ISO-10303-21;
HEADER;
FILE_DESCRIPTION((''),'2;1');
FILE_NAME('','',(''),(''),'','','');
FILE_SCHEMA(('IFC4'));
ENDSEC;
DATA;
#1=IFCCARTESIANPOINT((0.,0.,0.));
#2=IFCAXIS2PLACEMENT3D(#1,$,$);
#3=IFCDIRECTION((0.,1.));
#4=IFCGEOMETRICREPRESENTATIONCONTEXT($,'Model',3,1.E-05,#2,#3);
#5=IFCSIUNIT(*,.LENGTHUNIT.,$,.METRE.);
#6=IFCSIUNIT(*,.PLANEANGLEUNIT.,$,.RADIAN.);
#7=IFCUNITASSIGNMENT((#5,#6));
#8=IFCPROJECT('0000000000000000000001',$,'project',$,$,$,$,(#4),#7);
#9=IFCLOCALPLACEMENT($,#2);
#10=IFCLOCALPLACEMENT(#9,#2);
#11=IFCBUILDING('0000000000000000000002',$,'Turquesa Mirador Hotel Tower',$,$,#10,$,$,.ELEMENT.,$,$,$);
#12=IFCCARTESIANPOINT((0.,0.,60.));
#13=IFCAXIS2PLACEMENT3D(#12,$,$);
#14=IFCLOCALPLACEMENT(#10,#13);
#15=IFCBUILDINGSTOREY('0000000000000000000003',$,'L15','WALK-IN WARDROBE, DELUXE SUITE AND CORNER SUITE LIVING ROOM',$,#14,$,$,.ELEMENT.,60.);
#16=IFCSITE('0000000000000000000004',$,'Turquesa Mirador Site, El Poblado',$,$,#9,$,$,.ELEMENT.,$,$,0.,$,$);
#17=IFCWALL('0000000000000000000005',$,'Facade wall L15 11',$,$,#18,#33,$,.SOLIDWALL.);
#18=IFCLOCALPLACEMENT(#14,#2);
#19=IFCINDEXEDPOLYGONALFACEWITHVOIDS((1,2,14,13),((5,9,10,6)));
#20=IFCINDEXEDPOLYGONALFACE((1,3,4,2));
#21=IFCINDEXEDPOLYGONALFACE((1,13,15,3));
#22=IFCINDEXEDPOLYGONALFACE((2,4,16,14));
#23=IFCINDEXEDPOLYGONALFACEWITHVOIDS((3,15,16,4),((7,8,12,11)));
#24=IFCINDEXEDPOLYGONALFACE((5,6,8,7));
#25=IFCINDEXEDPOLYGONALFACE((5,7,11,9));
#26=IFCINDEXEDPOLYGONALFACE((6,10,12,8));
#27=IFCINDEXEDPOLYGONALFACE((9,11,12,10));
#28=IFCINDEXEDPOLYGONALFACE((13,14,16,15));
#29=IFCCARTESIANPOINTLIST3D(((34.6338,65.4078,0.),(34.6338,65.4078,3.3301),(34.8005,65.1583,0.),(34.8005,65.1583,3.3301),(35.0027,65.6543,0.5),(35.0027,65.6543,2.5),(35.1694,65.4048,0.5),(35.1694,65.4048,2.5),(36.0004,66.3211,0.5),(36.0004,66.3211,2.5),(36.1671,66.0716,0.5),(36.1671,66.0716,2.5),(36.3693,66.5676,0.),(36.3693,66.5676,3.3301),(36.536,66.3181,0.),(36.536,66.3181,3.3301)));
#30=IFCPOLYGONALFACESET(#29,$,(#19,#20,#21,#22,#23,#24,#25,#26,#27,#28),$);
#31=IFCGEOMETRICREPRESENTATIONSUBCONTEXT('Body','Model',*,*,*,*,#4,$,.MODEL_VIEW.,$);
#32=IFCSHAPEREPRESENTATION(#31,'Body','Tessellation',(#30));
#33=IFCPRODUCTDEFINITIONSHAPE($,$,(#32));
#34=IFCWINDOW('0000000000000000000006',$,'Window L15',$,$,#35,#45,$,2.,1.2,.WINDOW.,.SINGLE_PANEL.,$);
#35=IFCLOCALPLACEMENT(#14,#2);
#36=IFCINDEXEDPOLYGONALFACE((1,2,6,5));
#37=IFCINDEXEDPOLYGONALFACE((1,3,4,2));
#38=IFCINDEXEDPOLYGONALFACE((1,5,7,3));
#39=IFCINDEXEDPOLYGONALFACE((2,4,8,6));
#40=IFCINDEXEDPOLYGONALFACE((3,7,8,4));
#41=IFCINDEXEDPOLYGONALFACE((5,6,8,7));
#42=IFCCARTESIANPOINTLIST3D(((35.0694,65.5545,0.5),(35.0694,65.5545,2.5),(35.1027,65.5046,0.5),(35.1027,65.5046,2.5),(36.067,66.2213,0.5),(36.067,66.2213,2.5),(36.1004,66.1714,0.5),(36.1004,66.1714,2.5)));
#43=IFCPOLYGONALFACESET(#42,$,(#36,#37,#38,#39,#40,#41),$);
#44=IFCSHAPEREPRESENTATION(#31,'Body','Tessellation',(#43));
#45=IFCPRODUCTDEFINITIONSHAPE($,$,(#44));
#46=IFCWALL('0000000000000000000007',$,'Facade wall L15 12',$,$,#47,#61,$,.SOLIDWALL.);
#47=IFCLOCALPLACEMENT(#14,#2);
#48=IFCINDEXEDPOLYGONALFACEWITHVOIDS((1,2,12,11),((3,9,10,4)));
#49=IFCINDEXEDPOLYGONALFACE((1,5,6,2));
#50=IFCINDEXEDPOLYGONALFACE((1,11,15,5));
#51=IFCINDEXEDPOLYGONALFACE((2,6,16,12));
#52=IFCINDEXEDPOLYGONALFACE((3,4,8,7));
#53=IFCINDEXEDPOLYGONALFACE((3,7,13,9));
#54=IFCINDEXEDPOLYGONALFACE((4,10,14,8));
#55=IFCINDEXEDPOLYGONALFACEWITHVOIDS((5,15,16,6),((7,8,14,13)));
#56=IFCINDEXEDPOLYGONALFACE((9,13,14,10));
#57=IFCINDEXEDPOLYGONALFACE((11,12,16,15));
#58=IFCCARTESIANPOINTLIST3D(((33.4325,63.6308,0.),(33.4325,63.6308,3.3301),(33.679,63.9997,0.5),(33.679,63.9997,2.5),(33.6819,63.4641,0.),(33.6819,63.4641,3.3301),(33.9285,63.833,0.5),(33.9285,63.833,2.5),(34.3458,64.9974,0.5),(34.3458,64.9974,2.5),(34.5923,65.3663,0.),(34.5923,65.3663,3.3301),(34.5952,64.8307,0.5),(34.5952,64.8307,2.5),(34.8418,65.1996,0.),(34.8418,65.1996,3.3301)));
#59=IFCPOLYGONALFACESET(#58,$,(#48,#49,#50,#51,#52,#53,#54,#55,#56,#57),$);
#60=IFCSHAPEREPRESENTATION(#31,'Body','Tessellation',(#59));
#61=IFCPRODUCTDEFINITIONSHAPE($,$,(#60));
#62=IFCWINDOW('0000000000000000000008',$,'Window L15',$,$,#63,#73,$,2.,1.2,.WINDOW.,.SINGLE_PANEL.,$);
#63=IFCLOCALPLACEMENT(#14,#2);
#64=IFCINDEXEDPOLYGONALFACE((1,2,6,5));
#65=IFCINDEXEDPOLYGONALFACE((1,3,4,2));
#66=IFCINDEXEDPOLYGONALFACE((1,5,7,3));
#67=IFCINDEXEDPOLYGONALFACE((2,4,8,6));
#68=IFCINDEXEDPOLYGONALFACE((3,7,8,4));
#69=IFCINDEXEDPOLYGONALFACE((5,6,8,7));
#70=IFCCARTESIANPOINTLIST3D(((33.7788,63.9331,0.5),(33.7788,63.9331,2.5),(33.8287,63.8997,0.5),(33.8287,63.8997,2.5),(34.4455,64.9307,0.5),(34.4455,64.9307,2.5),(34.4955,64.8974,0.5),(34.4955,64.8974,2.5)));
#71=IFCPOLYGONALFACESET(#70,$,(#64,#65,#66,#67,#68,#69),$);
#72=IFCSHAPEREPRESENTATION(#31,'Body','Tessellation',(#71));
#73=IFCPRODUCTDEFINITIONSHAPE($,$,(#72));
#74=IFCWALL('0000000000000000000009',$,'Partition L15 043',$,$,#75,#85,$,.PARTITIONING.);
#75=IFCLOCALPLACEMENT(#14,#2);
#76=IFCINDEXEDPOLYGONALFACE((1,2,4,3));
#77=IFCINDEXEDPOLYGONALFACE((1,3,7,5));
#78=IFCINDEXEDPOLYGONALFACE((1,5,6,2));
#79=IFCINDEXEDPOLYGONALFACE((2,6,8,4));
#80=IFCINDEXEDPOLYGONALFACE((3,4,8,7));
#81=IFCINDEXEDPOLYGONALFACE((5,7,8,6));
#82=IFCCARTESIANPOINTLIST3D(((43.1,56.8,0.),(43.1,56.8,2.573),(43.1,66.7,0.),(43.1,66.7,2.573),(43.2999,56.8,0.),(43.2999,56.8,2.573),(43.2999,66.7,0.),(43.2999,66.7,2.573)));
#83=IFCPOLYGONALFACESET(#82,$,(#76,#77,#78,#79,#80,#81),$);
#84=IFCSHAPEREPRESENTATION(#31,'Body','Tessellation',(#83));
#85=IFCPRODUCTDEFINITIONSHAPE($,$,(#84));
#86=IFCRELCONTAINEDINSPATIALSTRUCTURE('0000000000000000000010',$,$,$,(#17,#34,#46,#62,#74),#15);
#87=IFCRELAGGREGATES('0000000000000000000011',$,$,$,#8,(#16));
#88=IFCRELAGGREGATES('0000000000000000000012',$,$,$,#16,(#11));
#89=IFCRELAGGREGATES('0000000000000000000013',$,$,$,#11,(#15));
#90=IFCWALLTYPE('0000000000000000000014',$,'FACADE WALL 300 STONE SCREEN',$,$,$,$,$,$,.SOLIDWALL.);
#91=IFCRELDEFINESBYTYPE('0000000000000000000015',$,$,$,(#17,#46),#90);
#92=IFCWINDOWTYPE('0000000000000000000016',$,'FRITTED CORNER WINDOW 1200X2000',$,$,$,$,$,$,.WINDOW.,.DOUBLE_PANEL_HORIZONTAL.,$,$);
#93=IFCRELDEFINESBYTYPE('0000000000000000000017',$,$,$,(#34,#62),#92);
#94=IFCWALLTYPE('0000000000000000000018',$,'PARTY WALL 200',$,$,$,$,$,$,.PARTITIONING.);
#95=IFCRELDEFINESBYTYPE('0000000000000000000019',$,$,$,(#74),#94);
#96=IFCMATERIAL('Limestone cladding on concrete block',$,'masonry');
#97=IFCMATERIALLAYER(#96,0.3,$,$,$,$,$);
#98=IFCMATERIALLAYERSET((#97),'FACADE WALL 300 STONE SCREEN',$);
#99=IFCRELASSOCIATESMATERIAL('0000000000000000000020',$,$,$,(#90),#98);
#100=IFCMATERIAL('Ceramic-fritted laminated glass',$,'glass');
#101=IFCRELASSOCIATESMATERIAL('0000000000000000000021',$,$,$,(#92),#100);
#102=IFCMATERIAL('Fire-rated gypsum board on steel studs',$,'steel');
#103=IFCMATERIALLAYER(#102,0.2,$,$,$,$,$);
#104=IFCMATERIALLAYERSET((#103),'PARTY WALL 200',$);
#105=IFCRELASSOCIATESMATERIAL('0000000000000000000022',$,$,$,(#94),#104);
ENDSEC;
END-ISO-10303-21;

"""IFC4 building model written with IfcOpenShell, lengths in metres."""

from ifc_helpers import new_model, si_unit, direction, frame, frame_2d, origin, place, context, subcontext, project, spatial, rectangle, extrude, material, layer, layer_set, type_object, element, fill, save


model = new_model("IFC4")

# Units and contexts
model_context = context("Model", 3, precision=1e-05, world=origin(), true_north=direction((0.0, 1.0)))
body_context = subcontext(model_context, "Body", "Model", "MODEL_VIEW")
ifc_project = project(units=[si_unit("LENGTHUNIT", "METRE"), si_unit("PLANEANGLEUNIT", "RADIAN")], contexts=[model_context])

# Site, building, storey
site_placement = place(None, origin())
site = spatial("IfcSite", under=ifc_project, at=site_placement, Name="Turquesa Mirador Site, El Poblado", CompositionType="ELEMENT", RefElevation=0.0)
building_placement = place(site_placement, origin())
building = spatial("IfcBuilding", under=site, at=building_placement, Name="Turquesa Mirador Hotel Tower", CompositionType="ELEMENT")
storey_placement = place(building_placement, frame((0.0, 0.0, 60.0)))
storey = spatial("IfcBuildingStorey", under=building, at=storey_placement, Name="L15", Description="WALK-IN WARDROBE, DELUXE SUITE AND CORNER SUITE LIVING ROOM", CompositionType="ELEMENT", Elevation=60.0)

# Walls, openings, windows
ifc_material_1 = material(Name="Limestone cladding on concrete block", Category="masonry")
ifc_layer_1 = layer(ifc_material_1, 0.3)
ifc_layer_set_1 = layer_set([ifc_layer_1], Name="FACADE WALL 300 STONE SCREEN")
wall_type_1 = type_object("IfcWallType", Name="FACADE WALL 300 STONE SCREEN", PredefinedType="SOLIDWALL", material=ifc_layer_set_1)
ifc_material_2 = material(Name="Ceramic-fritted laminated glass", Category="glass")
window_type = type_object("IfcWindowType", Name="FRITTED CORNER WINDOW 1200X2000", PartitioningType="DOUBLE_PANEL_HORIZONTAL", PredefinedType="WINDOW", material=ifc_material_2)
wall_1_placement = place(storey_placement, frame((36.4526, 66.4429, 0.0), z_axis=(0.0, 0.0, 1.0), x_axis=(-0.83142, -0.555644, 0.0)))
wall_1 = element("IfcWall", 1, at=wall_1_placement, inside=storey, type_object=wall_type_1, Name="Facade wall L15 11", PredefinedType="SOLIDWALL", context=body_context, shape_type="SweptSolid", body=[
    extrude(rectangle(XDim=2.0874, YDim=0.3, at=frame_2d((1.0437, 0.0))), origin(), (0.0, 0.0, 1.0), 3.3301),
])
opening_1_placement = place(wall_1_placement, frame((0.4436, 0.0, 0.5)))
opening_1 = element("IfcOpeningElement", 2, at=opening_1_placement, cuts=wall_1, PredefinedType="OPENING", context=body_context, shape_type="SweptSolid", body=[
    extrude(rectangle(XDim=1.2, YDim=2.0, at=frame_2d((0.6001, 1.0))), frame((0.0, 0.1599, 0.0), z_axis=(0.0, -1.0, 0.0), x_axis=(1.0, 0.0, 0.0)), (0.0, 0.0, 1.0), 0.3201),
])
window_1_placement = place(opening_1_placement, origin())
window_1 = element("IfcWindow", 3, at=window_1_placement, inside=storey, type_object=window_type, Name="Window L15", OverallHeight=2.0, OverallWidth=1.2, PartitioningType="SINGLE_PANEL", PredefinedType="WINDOW", context=body_context, shape_type="SweptSolid", body=[
    extrude(rectangle(XDim=1.2, YDim=2.0, at=frame_2d((0.6001, 1.0))), frame((0.0, 0.03, 0.0), z_axis=(0.0, -1.0, 0.0), x_axis=(1.0, 0.0, 0.0)), (0.0, 0.0, 1.0), 0.0601),
])
fill(opening_1, window_1)
wall_2_placement = place(storey_placement, frame((34.717, 65.283, 0.0), z_axis=(0.0, 0.0, 1.0), x_axis=(-0.555644, -0.83142, 0.0)))
wall_2 = element("IfcWall", 4, at=wall_2_placement, inside=storey, type_object=wall_type_1, Name="Facade wall L15 12", PredefinedType="SOLIDWALL", context=body_context, shape_type="SweptSolid", body=[
    extrude(rectangle(XDim=2.0874, YDim=0.3, at=frame_2d((1.0437, 0.0))), origin(), (0.0, 0.0, 1.0), 3.3301),
])
opening_2_placement = place(wall_2_placement, frame((0.4436, 0.0, 0.5)))
opening_2 = element("IfcOpeningElement", 5, at=opening_2_placement, cuts=wall_2, PredefinedType="OPENING", context=body_context, shape_type="SweptSolid", body=[
    extrude(rectangle(XDim=1.2, YDim=2.0, at=frame_2d((0.6001, 1.0))), frame((0.0, 0.1599, 0.0), z_axis=(0.0, -1.0, 0.0), x_axis=(1.0, 0.0, 0.0)), (0.0, 0.0, 1.0), 0.3201),
])
window_2_placement = place(opening_2_placement, origin())
window_2 = element("IfcWindow", 6, at=window_2_placement, inside=storey, type_object=window_type, Name="Window L15", OverallHeight=2.0, OverallWidth=1.2, PartitioningType="SINGLE_PANEL", PredefinedType="WINDOW", context=body_context, shape_type="SweptSolid", body=[
    extrude(rectangle(XDim=1.2, YDim=2.0, at=frame_2d((0.6001, 1.0))), frame((0.0, 0.03, 0.0), z_axis=(0.0, -1.0, 0.0), x_axis=(1.0, 0.0, 0.0)), (0.0, 0.0, 1.0), 0.0601),
])
fill(opening_2, window_2)

# Wall
ifc_material_3 = material(Name="Fire-rated gypsum board on steel studs", Category="steel")
ifc_layer_2 = layer(ifc_material_3, 0.2)
ifc_layer_set_2 = layer_set([ifc_layer_2], Name="PARTY WALL 200")
wall_type_2 = type_object("IfcWallType", Name="PARTY WALL 200", PredefinedType="PARTITIONING", material=ifc_layer_set_2)
wall_3_placement = place(storey_placement, frame((43.2, 56.8, 0.0), z_axis=(0.0, 0.0, 1.0), x_axis=(0.0, 1.0, 0.0)))
element("IfcWall", 7, at=wall_3_placement, inside=storey, type_object=wall_type_2, Name="Partition L15 043", PredefinedType="PARTITIONING", context=body_context, shape_type="SweptSolid", body=[
    extrude(rectangle(XDim=9.8999, YDim=0.2, at=frame_2d((4.95, 0.0))), origin(), (0.0, 0.0, 1.0), 2.573),
])

save(model, "model.ifc")
